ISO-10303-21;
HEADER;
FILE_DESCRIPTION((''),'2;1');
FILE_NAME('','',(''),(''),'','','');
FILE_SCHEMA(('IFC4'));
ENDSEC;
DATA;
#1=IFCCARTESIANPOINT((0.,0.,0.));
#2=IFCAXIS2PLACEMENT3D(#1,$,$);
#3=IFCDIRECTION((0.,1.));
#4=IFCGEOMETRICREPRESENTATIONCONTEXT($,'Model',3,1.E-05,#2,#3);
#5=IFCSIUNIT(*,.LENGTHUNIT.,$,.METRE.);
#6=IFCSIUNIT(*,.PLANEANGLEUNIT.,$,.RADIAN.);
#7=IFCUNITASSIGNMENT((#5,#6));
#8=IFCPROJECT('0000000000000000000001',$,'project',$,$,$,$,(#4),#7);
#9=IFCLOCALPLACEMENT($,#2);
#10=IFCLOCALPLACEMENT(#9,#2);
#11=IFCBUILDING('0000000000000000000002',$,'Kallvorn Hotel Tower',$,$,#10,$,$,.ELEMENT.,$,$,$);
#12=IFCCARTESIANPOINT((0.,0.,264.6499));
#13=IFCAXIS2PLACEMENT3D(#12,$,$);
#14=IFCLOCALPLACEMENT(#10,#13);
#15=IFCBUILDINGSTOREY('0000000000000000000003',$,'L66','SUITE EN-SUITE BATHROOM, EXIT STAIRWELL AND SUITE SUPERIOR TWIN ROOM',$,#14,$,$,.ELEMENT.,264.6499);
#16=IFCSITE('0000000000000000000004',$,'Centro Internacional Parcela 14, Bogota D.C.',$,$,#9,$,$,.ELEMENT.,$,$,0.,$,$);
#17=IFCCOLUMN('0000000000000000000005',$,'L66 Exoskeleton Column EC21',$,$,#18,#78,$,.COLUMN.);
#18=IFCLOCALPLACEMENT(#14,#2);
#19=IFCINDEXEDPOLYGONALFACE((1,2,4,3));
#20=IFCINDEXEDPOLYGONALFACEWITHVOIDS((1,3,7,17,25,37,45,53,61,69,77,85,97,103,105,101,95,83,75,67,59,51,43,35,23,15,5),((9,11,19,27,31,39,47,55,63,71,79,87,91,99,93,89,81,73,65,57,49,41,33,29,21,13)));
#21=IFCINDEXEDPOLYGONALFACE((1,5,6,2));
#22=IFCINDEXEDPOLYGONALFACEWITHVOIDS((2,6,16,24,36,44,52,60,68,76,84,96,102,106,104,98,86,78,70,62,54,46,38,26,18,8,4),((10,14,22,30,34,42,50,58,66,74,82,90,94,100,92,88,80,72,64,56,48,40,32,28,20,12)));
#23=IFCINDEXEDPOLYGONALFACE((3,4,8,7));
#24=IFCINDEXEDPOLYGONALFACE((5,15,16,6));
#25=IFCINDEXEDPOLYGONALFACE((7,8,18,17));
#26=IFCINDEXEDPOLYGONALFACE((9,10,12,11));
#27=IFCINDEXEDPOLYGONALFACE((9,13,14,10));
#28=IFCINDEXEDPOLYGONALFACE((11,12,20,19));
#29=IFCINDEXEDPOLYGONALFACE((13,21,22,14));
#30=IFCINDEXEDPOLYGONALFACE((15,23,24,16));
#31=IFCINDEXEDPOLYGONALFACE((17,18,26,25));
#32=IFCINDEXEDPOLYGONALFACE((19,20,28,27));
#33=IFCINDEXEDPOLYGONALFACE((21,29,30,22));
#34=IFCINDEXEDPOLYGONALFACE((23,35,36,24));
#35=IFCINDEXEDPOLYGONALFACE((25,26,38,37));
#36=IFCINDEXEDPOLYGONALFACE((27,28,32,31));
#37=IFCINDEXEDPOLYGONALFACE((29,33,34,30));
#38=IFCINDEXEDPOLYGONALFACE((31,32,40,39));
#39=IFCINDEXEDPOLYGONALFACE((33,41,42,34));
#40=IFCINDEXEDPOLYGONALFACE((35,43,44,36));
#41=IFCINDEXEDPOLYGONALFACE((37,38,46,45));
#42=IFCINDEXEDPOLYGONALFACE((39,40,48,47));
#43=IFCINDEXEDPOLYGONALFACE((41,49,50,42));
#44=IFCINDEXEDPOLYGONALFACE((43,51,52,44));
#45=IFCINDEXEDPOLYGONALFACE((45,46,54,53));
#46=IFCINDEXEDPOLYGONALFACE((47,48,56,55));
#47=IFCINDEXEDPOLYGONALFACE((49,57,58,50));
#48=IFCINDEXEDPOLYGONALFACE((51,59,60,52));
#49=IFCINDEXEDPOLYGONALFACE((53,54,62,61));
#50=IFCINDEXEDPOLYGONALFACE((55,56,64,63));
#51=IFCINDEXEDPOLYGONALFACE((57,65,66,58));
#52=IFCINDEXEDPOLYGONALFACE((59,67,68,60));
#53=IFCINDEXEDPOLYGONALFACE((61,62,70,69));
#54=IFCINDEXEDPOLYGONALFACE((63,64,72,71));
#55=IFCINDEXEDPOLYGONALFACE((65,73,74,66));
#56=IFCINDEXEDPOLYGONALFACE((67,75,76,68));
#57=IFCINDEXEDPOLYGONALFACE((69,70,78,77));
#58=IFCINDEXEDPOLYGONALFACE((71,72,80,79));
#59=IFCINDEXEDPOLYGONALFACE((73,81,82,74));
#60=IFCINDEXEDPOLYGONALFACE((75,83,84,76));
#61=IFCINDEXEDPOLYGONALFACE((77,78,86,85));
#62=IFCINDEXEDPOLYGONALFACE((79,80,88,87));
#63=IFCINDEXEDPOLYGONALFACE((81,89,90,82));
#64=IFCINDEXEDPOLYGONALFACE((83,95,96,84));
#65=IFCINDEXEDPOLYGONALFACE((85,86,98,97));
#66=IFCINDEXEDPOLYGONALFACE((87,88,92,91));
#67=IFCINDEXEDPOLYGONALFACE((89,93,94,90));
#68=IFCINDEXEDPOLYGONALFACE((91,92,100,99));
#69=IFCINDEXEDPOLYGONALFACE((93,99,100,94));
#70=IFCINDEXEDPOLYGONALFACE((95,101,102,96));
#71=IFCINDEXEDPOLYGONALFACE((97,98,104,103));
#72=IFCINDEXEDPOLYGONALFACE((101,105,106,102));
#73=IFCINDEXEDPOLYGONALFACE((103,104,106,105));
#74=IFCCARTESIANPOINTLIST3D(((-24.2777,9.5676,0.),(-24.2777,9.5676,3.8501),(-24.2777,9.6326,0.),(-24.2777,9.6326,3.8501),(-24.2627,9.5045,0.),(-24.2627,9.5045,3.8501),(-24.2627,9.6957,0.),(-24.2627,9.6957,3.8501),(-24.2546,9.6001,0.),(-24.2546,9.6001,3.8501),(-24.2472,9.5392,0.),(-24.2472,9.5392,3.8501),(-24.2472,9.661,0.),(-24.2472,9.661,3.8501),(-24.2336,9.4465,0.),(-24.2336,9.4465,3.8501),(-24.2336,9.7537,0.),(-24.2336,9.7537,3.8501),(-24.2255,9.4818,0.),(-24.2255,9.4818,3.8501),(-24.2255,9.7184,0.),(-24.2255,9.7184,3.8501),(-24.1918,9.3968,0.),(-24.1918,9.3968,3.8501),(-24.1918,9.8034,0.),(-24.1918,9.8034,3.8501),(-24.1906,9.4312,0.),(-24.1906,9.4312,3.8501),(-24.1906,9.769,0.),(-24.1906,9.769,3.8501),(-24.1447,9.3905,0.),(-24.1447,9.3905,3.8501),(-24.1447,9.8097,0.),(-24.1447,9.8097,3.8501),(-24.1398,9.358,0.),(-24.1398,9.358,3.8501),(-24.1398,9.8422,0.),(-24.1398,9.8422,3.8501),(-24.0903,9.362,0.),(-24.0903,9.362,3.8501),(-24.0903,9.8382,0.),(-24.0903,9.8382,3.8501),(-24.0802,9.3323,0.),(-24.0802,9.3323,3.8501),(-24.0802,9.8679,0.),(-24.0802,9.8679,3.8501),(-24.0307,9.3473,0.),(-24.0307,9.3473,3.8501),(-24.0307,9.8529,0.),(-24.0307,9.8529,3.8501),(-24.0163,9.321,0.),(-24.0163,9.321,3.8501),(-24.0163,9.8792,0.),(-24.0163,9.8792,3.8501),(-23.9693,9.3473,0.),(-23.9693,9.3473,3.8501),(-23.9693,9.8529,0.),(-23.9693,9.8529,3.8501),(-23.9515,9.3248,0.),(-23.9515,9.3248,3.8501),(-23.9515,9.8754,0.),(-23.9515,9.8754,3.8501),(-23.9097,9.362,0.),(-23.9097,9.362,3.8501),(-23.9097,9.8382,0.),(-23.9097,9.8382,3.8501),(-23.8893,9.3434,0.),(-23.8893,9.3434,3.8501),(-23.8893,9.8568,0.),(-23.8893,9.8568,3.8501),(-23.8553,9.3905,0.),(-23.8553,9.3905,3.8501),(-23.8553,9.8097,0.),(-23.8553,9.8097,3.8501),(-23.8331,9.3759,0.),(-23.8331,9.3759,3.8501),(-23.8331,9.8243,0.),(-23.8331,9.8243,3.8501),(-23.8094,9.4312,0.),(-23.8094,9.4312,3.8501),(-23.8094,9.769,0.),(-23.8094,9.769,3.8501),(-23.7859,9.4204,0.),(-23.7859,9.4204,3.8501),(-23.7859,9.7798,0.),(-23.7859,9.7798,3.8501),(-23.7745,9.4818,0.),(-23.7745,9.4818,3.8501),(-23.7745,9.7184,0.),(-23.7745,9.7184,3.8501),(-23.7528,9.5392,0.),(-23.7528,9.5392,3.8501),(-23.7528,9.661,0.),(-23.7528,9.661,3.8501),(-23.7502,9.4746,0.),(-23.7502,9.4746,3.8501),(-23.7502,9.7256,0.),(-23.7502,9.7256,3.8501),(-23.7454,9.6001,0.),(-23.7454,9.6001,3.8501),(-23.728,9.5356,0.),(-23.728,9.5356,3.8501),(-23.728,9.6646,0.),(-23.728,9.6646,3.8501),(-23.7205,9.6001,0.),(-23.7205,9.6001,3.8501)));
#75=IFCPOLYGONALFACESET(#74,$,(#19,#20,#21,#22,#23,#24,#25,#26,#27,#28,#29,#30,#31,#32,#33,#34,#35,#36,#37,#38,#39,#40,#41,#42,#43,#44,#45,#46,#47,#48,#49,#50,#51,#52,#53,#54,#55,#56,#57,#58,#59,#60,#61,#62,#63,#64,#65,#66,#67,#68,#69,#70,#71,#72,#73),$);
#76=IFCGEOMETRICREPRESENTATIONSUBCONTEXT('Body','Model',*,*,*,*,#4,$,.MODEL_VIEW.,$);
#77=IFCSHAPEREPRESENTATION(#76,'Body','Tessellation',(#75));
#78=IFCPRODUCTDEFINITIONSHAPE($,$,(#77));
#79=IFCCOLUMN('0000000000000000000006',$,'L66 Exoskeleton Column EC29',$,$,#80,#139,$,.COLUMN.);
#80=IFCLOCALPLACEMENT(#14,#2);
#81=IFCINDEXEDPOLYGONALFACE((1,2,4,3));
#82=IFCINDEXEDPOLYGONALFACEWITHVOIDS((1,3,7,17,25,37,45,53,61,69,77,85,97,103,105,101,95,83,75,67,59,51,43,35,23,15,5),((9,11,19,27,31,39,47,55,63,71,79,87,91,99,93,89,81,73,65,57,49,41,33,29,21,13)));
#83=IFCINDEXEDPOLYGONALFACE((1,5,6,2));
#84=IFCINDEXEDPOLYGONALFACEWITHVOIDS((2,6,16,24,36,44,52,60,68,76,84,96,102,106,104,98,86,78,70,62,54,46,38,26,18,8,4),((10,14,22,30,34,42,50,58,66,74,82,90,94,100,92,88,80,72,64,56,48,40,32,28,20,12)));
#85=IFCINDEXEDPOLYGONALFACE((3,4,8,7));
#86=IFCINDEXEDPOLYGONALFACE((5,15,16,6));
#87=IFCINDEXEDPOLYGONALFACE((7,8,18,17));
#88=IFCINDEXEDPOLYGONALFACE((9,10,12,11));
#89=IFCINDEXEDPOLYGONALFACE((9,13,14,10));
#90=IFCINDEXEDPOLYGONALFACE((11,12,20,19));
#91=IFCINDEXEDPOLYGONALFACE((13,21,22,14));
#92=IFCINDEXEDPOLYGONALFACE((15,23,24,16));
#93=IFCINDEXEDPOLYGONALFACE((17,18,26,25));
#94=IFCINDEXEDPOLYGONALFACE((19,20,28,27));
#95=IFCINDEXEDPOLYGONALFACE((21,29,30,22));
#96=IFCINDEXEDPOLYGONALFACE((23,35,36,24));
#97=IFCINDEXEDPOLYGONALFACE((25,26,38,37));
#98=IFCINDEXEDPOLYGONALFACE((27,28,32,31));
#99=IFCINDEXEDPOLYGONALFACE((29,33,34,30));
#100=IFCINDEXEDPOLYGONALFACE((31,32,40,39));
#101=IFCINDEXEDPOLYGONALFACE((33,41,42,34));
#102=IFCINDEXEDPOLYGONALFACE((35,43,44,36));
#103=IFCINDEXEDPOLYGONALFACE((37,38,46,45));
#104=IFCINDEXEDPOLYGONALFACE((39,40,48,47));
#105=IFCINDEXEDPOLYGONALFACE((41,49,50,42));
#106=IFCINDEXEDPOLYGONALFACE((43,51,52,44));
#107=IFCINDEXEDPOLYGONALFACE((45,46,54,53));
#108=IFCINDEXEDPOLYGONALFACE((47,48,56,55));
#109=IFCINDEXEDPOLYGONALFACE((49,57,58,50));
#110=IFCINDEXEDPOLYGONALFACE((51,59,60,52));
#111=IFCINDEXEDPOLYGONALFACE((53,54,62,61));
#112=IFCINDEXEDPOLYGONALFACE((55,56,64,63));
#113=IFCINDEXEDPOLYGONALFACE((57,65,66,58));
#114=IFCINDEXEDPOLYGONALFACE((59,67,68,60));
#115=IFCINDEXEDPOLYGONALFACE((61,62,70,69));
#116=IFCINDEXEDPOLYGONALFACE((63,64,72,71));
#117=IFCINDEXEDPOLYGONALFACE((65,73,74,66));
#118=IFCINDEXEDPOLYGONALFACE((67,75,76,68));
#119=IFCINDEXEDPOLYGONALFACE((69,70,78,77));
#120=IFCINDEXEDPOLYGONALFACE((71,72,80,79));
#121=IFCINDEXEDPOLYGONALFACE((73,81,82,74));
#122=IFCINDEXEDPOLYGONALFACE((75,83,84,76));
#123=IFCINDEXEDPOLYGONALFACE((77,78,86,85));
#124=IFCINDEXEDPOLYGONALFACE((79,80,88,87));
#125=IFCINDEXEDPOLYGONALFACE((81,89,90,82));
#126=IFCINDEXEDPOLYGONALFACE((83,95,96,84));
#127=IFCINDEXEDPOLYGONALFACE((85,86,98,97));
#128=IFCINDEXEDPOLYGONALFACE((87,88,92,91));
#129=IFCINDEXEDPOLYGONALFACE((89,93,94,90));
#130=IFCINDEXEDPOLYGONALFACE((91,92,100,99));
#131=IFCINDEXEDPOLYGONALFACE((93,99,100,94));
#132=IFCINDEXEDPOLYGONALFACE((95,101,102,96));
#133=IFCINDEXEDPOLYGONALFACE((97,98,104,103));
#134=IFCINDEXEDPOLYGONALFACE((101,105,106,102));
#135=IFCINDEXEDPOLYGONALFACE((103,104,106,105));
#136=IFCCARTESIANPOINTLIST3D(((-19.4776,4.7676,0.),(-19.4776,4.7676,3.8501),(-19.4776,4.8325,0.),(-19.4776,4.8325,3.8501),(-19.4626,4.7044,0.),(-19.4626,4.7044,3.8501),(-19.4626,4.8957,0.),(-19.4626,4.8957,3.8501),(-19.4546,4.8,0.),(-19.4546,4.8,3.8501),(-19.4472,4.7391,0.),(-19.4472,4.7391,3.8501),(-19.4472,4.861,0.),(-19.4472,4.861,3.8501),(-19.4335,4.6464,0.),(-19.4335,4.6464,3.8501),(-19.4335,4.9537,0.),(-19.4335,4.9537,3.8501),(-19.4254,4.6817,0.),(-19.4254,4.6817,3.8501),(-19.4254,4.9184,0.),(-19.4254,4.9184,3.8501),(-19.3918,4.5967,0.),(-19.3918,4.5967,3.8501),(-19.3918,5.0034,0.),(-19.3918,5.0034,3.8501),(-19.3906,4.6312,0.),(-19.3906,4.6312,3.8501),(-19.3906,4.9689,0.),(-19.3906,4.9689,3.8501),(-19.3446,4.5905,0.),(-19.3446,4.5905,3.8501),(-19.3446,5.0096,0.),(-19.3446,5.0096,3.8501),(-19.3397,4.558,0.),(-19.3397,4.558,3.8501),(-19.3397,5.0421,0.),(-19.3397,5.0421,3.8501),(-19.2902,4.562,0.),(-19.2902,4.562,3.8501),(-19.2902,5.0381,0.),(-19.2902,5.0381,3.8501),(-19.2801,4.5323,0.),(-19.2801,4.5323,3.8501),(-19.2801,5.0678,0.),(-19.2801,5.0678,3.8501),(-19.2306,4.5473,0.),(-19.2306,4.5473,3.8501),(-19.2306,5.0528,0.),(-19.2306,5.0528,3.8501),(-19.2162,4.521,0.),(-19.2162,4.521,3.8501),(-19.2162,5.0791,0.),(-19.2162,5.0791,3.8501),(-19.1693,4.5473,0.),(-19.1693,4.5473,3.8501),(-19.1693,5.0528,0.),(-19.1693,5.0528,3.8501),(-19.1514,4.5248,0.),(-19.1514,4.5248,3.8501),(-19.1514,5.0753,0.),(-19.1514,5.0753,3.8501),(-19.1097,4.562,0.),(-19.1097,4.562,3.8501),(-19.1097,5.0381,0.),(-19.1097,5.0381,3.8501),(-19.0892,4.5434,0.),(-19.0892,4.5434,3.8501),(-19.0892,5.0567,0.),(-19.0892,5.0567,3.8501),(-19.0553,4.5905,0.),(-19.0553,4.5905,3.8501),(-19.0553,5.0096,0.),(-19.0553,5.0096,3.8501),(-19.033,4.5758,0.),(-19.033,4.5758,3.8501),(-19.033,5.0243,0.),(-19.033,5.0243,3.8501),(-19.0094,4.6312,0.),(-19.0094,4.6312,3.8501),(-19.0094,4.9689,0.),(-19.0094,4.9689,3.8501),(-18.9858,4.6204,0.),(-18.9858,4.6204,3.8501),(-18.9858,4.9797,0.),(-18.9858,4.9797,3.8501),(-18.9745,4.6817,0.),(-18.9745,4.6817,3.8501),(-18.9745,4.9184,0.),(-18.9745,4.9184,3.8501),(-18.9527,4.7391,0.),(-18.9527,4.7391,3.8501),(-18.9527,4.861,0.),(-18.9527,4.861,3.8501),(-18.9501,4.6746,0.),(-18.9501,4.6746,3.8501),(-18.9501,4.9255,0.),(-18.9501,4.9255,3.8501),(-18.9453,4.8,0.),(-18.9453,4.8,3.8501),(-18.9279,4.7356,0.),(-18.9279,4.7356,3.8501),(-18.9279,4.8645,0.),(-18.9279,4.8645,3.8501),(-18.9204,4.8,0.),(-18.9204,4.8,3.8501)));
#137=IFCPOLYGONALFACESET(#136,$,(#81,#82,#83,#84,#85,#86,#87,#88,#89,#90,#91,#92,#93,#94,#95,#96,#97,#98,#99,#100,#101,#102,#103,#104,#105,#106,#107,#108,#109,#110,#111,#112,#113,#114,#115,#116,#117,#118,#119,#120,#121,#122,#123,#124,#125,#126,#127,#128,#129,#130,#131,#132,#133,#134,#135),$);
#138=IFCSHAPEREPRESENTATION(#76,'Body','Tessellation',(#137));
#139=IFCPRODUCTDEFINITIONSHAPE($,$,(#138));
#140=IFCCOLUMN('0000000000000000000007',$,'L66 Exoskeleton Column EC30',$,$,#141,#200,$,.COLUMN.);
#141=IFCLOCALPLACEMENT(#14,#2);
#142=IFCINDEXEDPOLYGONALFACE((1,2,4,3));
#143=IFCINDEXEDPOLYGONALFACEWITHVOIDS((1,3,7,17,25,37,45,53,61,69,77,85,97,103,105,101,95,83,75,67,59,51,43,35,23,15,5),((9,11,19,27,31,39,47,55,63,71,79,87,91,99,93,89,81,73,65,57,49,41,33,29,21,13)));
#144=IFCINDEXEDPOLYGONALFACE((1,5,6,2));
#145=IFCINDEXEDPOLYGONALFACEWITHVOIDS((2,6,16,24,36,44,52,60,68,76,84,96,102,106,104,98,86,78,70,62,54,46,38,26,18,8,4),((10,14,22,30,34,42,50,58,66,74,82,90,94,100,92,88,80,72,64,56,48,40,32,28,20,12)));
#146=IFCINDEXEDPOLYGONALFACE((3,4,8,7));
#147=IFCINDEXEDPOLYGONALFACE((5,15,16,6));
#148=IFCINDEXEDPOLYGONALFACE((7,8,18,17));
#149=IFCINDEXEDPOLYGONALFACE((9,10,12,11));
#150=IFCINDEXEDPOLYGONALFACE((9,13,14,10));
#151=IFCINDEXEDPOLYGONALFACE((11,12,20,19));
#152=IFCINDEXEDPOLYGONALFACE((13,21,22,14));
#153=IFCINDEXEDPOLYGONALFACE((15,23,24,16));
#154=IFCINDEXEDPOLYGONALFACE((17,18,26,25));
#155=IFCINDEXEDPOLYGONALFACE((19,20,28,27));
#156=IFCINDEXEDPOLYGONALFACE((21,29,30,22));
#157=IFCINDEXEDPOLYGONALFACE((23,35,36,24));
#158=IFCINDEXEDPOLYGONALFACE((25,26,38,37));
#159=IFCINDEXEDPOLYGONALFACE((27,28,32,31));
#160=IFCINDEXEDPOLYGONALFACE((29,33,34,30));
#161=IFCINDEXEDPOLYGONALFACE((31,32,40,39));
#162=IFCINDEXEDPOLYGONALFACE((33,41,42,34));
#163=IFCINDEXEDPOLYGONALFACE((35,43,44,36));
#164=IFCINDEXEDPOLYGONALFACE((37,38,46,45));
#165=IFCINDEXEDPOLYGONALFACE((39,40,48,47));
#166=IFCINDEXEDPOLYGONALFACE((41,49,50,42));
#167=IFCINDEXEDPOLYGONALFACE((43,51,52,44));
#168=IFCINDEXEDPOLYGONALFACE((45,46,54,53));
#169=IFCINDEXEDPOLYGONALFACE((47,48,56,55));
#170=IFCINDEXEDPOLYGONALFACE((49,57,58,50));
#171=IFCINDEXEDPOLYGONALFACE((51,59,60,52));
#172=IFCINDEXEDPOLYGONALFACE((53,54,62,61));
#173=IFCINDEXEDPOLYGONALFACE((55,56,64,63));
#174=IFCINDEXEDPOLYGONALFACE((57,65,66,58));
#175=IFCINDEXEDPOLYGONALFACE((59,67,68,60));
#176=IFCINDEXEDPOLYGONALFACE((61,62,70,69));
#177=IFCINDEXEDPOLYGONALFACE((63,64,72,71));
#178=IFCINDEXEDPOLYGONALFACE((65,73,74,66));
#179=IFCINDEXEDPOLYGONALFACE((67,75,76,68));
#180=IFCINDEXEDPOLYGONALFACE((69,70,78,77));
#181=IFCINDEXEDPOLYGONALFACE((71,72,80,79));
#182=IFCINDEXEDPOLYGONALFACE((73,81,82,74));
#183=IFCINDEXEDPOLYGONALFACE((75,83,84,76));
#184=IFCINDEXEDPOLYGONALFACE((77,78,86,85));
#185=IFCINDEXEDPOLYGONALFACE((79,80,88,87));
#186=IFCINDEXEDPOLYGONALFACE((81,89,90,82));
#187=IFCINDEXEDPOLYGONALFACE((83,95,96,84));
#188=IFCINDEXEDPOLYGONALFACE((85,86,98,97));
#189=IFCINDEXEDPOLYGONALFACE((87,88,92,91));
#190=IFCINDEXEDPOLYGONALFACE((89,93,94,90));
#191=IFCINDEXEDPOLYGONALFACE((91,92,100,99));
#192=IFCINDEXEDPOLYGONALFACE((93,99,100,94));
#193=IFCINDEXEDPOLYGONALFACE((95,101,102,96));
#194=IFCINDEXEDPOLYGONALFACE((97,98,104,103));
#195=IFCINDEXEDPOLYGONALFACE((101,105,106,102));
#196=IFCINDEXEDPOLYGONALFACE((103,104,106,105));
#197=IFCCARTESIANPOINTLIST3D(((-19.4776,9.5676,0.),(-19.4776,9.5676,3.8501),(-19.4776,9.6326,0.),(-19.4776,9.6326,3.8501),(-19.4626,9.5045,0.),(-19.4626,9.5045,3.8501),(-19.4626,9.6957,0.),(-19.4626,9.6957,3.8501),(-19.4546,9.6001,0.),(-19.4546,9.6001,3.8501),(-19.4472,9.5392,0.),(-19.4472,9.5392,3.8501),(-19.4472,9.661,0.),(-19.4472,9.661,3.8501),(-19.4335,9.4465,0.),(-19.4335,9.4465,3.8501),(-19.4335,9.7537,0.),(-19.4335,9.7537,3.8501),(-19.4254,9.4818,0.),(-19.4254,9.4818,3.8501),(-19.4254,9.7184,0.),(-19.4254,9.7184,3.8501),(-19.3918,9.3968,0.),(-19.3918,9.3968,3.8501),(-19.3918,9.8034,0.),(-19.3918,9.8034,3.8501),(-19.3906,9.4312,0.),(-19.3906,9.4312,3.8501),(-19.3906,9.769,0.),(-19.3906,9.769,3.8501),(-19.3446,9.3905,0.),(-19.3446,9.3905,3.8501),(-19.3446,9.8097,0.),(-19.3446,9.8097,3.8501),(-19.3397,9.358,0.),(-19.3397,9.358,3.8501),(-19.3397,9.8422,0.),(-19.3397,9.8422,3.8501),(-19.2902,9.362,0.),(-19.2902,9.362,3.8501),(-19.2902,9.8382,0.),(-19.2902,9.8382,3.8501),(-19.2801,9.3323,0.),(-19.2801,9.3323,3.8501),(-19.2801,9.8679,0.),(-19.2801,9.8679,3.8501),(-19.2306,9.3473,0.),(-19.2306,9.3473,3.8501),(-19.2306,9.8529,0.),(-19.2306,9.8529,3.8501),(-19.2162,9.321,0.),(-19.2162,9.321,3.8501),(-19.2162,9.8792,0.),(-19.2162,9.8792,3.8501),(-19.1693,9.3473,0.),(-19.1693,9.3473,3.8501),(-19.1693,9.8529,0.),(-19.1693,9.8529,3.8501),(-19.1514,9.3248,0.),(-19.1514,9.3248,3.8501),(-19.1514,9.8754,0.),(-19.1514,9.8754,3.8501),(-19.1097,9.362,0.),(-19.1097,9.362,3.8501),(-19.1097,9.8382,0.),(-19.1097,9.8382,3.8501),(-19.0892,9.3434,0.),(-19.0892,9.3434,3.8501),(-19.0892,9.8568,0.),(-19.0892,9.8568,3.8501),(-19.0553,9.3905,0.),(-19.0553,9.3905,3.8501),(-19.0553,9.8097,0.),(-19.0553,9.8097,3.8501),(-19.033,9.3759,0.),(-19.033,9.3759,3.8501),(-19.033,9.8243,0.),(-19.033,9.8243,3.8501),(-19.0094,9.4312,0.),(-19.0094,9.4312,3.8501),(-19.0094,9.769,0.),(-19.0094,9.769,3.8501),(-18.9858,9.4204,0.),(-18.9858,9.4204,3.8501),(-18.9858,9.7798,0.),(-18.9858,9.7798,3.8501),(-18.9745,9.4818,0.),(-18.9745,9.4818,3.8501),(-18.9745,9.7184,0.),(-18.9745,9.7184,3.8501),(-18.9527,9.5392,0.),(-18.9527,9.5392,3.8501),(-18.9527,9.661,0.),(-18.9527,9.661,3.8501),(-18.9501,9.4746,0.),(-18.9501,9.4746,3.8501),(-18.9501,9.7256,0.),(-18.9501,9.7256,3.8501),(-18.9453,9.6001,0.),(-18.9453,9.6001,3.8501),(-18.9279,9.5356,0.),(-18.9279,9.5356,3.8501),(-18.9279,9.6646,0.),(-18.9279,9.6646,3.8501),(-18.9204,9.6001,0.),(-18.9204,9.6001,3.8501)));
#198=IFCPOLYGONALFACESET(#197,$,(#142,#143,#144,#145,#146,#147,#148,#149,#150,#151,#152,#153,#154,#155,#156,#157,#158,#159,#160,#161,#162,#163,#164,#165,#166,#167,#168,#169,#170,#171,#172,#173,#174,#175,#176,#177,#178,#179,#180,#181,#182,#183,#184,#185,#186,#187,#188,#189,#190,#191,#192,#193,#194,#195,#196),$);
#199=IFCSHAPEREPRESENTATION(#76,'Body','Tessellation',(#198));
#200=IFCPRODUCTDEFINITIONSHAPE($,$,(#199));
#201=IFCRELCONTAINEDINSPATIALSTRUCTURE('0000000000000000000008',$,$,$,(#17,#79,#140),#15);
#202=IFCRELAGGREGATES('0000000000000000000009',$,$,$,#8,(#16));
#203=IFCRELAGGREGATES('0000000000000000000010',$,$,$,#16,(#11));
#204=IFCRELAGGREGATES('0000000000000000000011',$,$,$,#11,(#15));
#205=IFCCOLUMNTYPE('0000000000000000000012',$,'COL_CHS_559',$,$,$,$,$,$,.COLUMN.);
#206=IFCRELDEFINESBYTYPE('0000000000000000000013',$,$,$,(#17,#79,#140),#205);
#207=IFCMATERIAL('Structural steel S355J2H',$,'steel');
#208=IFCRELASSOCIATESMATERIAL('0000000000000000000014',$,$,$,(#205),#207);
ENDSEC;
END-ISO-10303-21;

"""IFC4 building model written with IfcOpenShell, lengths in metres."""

from ifc_helpers import new_model, si_unit, direction, frame, origin, origin_2d, place, context, subcontext, project, spatial, hollow_circle, extrude, material, material_profile, profile_set, type_object, element, save


model = new_model("IFC4")

# Units and contexts
model_context = context("Model", 3, precision=1e-05, world=origin(), true_north=direction((0.0, 1.0)))
body_context = subcontext(model_context, "Body", "Model", "MODEL_VIEW")
ifc_project = project(units=[si_unit("LENGTHUNIT", "METRE"), si_unit("PLANEANGLEUNIT", "RADIAN")], contexts=[model_context])

# Site, building, storey
site_placement = place(None, origin())
site = spatial("IfcSite", under=ifc_project, at=site_placement, Name="Centro Internacional Parcela 14, Bogota D.C.", CompositionType="ELEMENT", RefElevation=0.0)
building_placement = place(site_placement, origin())
building = spatial("IfcBuilding", under=site, at=building_placement, Name="Kallvorn Hotel Tower", CompositionType="ELEMENT")
storey_placement = place(building_placement, frame((0.0, 0.0, 264.6499)))
storey = spatial("IfcBuildingStorey", under=building, at=storey_placement, Name="L66", Description="SUITE EN-SUITE BATHROOM, EXIT STAIRWELL AND SUITE SUPERIOR TWIN ROOM", CompositionType="ELEMENT", Elevation=264.6499)

# Columns
ifc_material_1 = material(Name="Structural steel S355J2H", Category="steel")
ifc_material_profile_1 = material_profile(ifc_material_1, hollow_circle(Radius=0.2795, WallThickness=0.0249, at=origin_2d()), Name="CHS 559x25")
ifc_profile_set_1 = profile_set([ifc_material_profile_1], Name="Structural steel S355J2H")
column_type_1 = type_object("IfcColumnType", Name="COL_CHS_559", PredefinedType="COLUMN", material=ifc_profile_set_1)
for number, where, z_axis, x_axis, name in (
    (1, (-24.0, 9.6001, 0.0), (0.0, 0.0, 1.0), (1.0, 0.0, 0.0), "L66 Exoskeleton Column EC21"),
    (2, (-19.2, 4.8, 0.0), (0.0, 0.0, 1.0), (1.0, 0.0, 0.0), "L66 Exoskeleton Column EC29"),
    (3, (-19.2, 9.6001, 0.0), (0.0, 0.0, 1.0), (1.0, 0.0, 0.0), "L66 Exoskeleton Column EC30"),
):
    element("IfcColumn", number, at=place(storey_placement, frame(where, z_axis=z_axis, x_axis=x_axis)), inside=storey, type_object=column_type_1, Name=name, PredefinedType="COLUMN", context=body_context, shape_type="SweptSolid", body=[
        extrude(hollow_circle(Radius=0.2795, WallThickness=0.0249, at=origin_2d()), origin(), (0.0, 0.0, 1.0), 3.8501),
    ])

save(model, "model.ifc")
